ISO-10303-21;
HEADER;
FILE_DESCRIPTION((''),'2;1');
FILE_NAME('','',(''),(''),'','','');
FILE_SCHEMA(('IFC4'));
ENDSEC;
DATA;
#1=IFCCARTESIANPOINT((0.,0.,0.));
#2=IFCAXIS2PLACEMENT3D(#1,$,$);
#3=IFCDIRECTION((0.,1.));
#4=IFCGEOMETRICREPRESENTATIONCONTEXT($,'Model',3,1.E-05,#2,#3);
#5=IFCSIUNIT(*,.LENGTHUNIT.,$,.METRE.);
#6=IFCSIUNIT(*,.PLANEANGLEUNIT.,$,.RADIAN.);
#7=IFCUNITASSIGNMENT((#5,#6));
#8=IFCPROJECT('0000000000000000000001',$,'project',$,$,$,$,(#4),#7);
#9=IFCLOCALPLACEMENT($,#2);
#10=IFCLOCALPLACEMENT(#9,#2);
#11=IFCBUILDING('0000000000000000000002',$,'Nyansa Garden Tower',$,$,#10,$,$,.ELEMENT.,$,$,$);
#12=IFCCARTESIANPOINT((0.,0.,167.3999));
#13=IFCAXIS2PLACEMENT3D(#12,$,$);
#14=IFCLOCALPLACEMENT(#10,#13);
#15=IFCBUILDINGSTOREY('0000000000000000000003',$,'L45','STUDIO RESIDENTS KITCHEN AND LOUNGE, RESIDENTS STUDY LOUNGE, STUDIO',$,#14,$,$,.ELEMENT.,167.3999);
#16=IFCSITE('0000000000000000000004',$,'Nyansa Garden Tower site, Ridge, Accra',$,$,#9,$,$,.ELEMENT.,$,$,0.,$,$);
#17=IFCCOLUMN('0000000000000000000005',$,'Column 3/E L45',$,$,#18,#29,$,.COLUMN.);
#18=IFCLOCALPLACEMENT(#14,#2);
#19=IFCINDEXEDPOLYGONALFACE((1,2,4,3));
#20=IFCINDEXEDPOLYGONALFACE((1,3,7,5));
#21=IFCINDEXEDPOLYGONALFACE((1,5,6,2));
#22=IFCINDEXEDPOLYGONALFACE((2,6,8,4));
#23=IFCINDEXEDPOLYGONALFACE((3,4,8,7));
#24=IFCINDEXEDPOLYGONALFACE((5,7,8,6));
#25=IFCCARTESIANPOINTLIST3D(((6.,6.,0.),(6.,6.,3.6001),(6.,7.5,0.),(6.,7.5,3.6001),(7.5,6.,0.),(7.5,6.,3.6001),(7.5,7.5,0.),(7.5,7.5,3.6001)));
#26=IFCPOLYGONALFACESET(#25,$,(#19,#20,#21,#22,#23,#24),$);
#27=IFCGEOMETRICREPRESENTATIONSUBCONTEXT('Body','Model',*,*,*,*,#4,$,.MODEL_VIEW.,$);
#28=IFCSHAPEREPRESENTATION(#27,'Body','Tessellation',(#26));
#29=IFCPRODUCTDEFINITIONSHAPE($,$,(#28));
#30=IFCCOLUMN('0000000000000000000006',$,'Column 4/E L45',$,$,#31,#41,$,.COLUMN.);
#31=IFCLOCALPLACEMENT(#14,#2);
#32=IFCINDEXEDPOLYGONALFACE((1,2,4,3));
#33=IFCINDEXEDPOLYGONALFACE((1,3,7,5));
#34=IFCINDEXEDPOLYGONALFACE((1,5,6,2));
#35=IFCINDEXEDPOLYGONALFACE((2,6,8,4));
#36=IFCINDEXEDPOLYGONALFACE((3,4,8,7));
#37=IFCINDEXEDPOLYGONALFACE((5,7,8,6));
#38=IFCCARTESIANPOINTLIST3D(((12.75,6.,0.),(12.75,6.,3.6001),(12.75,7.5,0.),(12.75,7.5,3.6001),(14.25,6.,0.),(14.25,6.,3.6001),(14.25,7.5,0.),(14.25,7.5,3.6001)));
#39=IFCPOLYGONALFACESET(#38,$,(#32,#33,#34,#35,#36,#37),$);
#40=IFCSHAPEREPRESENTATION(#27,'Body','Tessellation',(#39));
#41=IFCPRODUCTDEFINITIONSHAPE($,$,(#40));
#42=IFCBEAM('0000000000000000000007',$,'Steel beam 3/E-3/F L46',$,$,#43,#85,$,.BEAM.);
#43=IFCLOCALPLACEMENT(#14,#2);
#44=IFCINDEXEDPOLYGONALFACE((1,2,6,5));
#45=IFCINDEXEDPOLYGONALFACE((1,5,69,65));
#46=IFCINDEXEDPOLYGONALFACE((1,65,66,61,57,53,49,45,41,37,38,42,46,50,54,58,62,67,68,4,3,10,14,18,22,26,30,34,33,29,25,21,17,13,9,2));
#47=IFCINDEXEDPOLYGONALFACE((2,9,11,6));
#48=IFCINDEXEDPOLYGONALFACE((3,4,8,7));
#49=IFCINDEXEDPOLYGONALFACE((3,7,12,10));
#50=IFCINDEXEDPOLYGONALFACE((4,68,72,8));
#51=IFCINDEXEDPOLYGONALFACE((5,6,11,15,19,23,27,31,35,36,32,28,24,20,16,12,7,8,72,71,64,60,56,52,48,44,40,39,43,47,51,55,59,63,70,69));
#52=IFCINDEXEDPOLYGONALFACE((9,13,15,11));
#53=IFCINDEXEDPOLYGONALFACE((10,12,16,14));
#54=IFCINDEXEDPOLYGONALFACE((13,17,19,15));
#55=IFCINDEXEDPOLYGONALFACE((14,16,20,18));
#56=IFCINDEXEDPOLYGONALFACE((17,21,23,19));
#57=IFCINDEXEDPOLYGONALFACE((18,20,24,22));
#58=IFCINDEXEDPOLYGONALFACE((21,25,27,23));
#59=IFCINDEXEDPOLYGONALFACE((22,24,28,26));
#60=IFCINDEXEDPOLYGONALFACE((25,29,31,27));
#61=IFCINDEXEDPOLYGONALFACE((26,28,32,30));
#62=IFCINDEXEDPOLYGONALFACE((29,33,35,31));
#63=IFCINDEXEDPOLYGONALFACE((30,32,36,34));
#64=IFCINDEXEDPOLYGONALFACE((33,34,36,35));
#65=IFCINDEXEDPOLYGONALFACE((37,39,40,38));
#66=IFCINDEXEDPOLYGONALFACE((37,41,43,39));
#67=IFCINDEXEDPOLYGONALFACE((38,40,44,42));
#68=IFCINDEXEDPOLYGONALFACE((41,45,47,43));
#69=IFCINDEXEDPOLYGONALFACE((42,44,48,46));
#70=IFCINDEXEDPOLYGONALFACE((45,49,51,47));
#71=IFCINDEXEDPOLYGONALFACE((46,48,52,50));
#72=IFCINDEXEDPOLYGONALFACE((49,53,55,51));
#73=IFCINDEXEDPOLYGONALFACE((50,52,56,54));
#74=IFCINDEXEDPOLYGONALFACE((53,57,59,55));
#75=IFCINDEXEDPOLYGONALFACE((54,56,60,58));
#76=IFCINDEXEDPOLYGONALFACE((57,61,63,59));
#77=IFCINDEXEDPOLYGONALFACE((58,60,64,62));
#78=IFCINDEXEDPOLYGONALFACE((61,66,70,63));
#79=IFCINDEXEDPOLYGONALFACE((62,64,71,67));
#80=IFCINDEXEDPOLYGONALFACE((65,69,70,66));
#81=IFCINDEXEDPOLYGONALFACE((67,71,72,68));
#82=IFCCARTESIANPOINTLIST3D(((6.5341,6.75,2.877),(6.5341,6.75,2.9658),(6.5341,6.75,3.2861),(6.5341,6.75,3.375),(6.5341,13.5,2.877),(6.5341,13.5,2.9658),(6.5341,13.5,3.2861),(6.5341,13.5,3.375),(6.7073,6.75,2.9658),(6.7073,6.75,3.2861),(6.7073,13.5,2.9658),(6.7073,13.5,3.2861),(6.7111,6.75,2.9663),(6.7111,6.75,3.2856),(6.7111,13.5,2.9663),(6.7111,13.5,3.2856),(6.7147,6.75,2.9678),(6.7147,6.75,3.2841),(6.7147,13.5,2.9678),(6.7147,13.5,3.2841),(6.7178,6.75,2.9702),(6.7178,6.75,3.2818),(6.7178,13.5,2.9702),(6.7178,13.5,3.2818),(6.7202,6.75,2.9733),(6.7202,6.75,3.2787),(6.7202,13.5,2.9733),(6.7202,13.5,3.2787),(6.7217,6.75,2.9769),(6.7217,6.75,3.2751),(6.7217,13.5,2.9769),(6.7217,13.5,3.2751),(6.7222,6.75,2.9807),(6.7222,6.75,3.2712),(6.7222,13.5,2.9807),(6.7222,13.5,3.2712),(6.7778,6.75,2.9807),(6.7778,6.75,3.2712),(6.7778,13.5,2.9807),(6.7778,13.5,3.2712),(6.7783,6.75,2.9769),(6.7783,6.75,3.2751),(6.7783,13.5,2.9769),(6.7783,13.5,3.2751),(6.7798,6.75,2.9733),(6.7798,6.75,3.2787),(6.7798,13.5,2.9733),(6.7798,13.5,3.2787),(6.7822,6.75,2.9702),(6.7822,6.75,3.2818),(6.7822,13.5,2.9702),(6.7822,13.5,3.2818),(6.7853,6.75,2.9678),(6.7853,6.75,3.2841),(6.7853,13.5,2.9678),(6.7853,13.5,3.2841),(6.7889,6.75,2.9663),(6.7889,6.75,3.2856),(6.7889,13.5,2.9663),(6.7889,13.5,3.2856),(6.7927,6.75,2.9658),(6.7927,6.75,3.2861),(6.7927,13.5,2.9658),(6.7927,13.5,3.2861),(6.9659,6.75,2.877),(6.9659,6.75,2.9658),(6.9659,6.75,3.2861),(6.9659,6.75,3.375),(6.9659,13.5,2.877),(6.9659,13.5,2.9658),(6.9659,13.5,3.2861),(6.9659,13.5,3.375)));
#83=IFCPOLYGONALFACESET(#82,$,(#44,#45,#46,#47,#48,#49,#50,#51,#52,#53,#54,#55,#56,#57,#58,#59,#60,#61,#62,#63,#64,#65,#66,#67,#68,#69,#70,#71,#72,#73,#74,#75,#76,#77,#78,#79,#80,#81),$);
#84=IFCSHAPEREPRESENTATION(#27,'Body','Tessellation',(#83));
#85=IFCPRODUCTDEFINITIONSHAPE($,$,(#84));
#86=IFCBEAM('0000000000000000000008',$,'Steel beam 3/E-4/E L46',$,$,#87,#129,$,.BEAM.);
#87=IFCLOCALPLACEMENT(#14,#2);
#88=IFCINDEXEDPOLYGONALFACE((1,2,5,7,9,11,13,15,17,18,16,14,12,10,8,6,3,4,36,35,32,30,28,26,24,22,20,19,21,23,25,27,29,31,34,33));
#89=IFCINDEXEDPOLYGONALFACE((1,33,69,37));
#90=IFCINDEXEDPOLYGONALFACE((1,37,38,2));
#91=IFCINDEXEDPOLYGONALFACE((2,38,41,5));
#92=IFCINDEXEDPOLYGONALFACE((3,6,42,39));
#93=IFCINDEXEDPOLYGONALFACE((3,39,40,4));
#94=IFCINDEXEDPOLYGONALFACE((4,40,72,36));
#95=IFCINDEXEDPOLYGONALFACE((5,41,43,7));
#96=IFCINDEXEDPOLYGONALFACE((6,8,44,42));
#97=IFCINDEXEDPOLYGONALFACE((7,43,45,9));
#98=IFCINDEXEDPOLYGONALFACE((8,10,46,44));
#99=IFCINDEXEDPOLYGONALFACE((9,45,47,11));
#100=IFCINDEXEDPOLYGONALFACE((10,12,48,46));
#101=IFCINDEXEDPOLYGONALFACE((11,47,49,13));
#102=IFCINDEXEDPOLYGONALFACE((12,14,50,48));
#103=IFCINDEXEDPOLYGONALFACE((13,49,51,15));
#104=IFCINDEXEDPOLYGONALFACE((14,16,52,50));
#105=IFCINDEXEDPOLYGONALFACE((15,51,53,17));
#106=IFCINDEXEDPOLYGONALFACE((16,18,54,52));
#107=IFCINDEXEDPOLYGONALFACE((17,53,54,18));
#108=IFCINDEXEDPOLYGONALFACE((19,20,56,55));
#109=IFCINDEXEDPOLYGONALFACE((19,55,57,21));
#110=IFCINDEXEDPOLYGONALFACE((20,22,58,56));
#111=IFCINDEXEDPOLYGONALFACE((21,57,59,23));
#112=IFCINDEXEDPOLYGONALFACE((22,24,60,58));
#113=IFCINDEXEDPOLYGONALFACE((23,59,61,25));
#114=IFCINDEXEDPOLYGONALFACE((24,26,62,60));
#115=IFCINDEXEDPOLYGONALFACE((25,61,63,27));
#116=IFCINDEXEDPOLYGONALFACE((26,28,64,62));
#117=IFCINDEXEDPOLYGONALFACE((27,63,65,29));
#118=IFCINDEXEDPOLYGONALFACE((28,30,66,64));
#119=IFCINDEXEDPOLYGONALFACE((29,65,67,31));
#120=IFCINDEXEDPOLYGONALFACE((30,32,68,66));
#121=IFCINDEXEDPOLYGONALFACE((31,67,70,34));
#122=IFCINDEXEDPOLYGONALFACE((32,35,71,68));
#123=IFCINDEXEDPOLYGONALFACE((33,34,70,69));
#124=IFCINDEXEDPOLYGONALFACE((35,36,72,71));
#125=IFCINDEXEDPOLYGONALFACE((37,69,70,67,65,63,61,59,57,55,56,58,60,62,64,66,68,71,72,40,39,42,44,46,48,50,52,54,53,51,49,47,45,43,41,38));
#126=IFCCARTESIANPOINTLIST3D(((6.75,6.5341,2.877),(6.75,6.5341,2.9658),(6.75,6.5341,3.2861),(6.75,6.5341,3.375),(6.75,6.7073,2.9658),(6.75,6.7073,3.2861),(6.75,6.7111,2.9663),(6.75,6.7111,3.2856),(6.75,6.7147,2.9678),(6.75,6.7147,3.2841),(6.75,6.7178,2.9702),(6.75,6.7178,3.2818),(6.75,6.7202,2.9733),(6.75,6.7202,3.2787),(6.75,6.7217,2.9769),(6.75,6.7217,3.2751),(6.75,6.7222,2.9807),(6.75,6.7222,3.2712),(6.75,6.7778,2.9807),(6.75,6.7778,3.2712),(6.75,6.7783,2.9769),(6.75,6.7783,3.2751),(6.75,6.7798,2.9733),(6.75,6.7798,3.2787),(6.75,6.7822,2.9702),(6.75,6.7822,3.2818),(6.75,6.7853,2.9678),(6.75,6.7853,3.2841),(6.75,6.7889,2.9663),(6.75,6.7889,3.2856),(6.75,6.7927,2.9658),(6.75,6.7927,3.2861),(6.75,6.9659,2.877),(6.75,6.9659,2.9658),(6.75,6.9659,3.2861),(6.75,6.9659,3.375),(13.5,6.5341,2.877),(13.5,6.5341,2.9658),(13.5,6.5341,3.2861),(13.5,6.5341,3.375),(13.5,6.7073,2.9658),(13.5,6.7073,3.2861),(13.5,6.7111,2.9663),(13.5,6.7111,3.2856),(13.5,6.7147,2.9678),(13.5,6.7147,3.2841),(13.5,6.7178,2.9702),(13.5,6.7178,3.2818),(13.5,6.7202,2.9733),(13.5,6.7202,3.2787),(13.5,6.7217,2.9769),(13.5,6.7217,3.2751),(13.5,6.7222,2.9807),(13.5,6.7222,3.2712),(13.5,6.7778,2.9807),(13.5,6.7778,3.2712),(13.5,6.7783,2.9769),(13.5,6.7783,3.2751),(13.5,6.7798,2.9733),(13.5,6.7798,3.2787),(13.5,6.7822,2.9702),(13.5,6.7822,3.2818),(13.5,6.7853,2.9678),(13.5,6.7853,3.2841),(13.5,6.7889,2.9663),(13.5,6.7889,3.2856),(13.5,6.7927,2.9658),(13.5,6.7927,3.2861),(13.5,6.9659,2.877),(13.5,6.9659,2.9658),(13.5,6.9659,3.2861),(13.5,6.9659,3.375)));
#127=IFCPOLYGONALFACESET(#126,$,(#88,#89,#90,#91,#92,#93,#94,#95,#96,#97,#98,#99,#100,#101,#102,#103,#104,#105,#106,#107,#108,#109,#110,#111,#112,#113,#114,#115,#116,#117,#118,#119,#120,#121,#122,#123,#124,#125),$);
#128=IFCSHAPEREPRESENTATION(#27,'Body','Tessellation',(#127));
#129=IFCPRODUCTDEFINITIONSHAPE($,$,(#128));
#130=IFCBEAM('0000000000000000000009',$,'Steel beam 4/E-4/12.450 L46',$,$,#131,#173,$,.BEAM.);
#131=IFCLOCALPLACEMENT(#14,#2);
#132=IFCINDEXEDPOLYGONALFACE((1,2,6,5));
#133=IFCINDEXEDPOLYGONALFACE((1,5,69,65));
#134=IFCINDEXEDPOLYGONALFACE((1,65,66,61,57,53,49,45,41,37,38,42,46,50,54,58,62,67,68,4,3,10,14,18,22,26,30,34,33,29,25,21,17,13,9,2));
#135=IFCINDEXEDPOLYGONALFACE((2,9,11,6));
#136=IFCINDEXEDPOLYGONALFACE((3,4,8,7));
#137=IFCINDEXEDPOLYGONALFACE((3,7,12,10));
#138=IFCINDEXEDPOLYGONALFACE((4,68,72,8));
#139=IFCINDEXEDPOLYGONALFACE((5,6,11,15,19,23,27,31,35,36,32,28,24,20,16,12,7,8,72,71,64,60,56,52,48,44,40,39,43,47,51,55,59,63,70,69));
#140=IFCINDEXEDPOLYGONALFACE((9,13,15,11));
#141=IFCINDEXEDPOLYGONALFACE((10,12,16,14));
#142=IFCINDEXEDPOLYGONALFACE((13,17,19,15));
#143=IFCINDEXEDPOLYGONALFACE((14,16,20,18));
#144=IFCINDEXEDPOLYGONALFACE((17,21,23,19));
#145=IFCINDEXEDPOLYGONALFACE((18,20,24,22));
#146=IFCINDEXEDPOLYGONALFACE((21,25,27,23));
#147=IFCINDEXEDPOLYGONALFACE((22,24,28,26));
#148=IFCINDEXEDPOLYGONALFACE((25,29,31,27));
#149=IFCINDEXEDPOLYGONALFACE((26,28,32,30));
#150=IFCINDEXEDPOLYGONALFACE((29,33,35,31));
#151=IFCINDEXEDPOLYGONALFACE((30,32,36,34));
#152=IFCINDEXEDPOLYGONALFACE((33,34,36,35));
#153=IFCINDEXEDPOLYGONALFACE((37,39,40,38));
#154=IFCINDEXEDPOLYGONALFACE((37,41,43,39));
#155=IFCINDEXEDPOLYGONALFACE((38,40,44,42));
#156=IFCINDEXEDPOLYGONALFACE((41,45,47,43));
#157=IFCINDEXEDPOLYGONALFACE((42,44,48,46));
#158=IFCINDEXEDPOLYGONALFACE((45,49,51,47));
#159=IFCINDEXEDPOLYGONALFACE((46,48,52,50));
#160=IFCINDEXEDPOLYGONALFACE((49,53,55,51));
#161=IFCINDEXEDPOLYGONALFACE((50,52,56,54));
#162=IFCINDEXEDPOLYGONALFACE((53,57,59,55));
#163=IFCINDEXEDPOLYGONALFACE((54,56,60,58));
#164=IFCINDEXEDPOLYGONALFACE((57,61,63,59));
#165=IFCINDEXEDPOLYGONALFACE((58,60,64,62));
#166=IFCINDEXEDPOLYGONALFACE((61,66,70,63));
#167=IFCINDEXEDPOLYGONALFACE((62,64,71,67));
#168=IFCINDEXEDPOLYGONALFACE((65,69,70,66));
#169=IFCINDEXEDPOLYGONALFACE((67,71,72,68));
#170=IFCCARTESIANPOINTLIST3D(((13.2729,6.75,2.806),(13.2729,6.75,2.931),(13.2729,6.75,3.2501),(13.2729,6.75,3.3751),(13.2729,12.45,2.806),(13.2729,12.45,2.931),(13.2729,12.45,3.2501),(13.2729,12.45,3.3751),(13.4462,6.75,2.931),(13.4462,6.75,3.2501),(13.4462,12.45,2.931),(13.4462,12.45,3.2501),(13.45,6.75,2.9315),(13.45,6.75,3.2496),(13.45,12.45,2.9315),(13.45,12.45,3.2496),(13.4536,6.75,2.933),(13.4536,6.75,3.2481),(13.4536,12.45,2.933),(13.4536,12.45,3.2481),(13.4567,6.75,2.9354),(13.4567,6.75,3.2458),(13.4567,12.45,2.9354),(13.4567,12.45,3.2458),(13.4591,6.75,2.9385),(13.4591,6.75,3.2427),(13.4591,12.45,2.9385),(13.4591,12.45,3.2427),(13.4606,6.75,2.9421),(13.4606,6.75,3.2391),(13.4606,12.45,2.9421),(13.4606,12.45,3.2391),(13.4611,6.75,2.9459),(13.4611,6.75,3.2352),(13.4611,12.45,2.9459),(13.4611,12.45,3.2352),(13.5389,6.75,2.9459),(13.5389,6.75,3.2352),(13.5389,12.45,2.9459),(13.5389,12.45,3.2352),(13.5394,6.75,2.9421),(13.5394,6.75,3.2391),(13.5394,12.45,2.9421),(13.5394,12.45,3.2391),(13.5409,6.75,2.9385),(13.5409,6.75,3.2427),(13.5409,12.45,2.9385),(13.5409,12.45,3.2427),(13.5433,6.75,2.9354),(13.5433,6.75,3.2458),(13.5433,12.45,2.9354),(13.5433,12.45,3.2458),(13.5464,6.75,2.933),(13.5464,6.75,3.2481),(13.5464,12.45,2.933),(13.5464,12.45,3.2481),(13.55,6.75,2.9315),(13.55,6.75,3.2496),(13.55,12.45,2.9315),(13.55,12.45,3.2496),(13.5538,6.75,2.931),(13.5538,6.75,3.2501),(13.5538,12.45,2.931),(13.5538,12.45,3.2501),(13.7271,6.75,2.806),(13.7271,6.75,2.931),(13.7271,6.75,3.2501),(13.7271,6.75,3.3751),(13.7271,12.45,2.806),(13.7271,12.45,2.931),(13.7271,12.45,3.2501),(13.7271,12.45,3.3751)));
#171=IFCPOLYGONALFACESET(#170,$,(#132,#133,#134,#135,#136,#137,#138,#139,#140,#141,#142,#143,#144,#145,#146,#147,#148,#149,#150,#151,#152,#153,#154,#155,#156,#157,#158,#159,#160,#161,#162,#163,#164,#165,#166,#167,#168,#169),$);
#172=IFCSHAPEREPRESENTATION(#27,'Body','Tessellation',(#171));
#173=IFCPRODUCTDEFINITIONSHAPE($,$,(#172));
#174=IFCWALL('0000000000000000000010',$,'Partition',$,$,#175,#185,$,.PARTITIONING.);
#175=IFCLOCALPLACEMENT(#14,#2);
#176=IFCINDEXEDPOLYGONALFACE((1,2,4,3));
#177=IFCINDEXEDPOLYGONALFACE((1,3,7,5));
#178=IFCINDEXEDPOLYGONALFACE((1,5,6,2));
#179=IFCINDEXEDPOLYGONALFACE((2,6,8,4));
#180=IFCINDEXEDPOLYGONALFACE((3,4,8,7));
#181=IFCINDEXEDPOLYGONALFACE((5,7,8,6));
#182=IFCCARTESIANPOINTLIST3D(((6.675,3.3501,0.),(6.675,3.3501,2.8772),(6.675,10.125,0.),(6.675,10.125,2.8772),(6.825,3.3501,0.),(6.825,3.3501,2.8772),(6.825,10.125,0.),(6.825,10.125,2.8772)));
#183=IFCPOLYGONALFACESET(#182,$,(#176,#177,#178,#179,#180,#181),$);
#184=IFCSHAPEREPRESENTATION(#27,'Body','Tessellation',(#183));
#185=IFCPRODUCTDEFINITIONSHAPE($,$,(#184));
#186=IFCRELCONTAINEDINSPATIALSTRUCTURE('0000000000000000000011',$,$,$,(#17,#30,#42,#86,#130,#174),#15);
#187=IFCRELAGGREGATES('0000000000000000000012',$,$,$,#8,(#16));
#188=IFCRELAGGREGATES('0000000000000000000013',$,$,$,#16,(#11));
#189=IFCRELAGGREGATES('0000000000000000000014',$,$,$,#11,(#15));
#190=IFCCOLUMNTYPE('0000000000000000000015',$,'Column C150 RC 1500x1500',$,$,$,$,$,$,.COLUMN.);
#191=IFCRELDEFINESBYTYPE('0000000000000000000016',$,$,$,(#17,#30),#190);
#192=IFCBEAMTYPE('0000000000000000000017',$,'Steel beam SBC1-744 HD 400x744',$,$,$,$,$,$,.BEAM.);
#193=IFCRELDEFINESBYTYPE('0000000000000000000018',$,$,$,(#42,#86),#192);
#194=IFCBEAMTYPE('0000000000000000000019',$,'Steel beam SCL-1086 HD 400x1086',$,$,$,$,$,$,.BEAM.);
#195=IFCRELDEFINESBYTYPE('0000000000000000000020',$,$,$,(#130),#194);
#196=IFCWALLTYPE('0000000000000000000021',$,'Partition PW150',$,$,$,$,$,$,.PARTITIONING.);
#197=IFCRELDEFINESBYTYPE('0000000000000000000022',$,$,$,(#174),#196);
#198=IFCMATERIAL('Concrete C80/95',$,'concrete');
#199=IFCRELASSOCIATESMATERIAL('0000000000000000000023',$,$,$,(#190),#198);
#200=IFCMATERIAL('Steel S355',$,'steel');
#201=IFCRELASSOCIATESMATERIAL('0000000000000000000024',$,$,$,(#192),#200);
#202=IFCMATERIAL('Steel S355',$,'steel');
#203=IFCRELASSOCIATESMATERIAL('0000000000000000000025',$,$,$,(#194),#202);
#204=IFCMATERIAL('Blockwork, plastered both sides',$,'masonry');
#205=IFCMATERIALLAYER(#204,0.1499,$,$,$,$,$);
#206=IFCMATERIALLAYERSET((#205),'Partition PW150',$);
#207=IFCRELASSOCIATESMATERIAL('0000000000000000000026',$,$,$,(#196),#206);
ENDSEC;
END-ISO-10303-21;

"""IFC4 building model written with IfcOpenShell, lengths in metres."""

from ifc_helpers import new_model, si_unit, direction, frame, frame_2d, origin, origin_2d, place, context, subcontext, project, spatial, rectangle, i_section, extrude, material, layer, layer_set, material_profile, profile_set, type_object, element, save


model = new_model("IFC4")

# Units and contexts
model_context = context("Model", 3, precision=1e-05, world=origin(), true_north=direction((0.0, 1.0)))
body_context = subcontext(model_context, "Body", "Model", "MODEL_VIEW")
ifc_project = project(units=[si_unit("LENGTHUNIT", "METRE"), si_unit("PLANEANGLEUNIT", "RADIAN")], contexts=[model_context])

# Site, building, storey
site_placement = place(None, origin())
site = spatial("IfcSite", under=ifc_project, at=site_placement, Name="Nyansa Garden Tower site, Ridge, Accra", CompositionType="ELEMENT", RefElevation=0.0)
building_placement = place(site_placement, origin())
building = spatial("IfcBuilding", under=site, at=building_placement, Name="Nyansa Garden Tower", CompositionType="ELEMENT")
storey_placement = place(building_placement, frame((0.0, 0.0, 167.3999)))
storey = spatial("IfcBuildingStorey", under=building, at=storey_placement, Name="L45", Description="STUDIO RESIDENTS KITCHEN AND LOUNGE, RESIDENTS STUDY LOUNGE, STUDIO", CompositionType="ELEMENT", Elevation=167.3999)

# Columns
ifc_material_1 = material(Name="Concrete C80/95", Category="concrete")
ifc_material_profile_1 = material_profile(ifc_material_1, rectangle(XDim=1.5, YDim=1.5, at=origin_2d()), Name="RC 1500x1500")
ifc_profile_set_1 = profile_set([ifc_material_profile_1], Name="Concrete C80/95")
column_type = type_object("IfcColumnType", Name="Column C150 RC 1500x1500", PredefinedType="COLUMN", material=ifc_profile_set_1)
for number, where, z_axis, x_axis, name in (
    (1, (6.75, 6.75, 0.0), (0.0, 0.0, 1.0), (1.0, 0.0, 0.0), "Column 3/E L45"),
    (2, (13.5, 6.75, 0.0), (0.0, 0.0, 1.0), (1.0, 0.0, 0.0), "Column 4/E L45"),
):
    element("IfcColumn", number, at=place(storey_placement, frame(where, z_axis=z_axis, x_axis=x_axis)), inside=storey, type_object=column_type, Name=name, PredefinedType="COLUMN", context=body_context, shape_type="SweptSolid", body=[
        extrude(rectangle(XDim=1.5, YDim=1.5, at=origin_2d()), origin(), (0.0, 0.0, 1.0), 3.6001),
    ])

# Beams
ifc_material_2 = material(Name="Steel S355", Category="steel")
ifc_material_profile_2 = material_profile(ifc_material_2, i_section(OverallWidth=0.4319, OverallDepth=0.498, WebThickness=0.0557, FlangeThickness=0.0889, FilletRadius=0.0149, at=origin_2d()), Name="HD 400x744")
ifc_profile_set_2 = profile_set([ifc_material_profile_2], Name="Steel S355")
beam_type_1 = type_object("IfcBeamType", Name="Steel beam SBC1-744 HD 400x744", PredefinedType="BEAM", material=ifc_profile_set_2)
for number, where, z_axis, x_axis, name in (
    (3, (6.75, 6.75, 3.126), (0.0, 1.0, 0.0), (-1.0, 0.0, 0.0), "Steel beam 3/E-3/F L46"),
    (4, (6.75, 6.75, 3.126), (1.0, 0.0, 0.0), (0.0, 1.0, 0.0), "Steel beam 3/E-4/E L46"),
):
    element("IfcBeam", number, at=place(storey_placement, frame(where, z_axis=z_axis, x_axis=x_axis)), inside=storey, type_object=beam_type_1, Name=name, PredefinedType="BEAM", context=body_context, shape_type="SweptSolid", body=[
        extrude(i_section(OverallWidth=0.4319, OverallDepth=0.498, WebThickness=0.0557, FlangeThickness=0.0889, FilletRadius=0.0149, at=origin_2d()), origin(), (0.0, 0.0, 1.0), 6.75),
    ])
ifc_material_3 = material(Name="Steel S355", Category="steel")
ifc_material_profile_3 = material_profile(ifc_material_3, i_section(OverallWidth=0.4541, OverallDepth=0.5691, WebThickness=0.0779, FlangeThickness=0.125, FilletRadius=0.0149, at=origin_2d()), Name="HD 400x1086")
ifc_profile_set_3 = profile_set([ifc_material_profile_3], Name="Steel S355")
beam_type_2 = type_object("IfcBeamType", Name="Steel beam SCL-1086 HD 400x1086", PredefinedType="BEAM", material=ifc_profile_set_3)
beam_placement = place(storey_placement, frame((13.5, 6.75, 3.0906), z_axis=(0.0, 1.0, 0.0), x_axis=(-1.0, 0.0, 0.0)))
element("IfcBeam", 5, at=beam_placement, inside=storey, type_object=beam_type_2, Name="Steel beam 4/E-4/12.450 L46", PredefinedType="BEAM", context=body_context, shape_type="SweptSolid", body=[
    extrude(i_section(OverallWidth=0.4541, OverallDepth=0.5691, WebThickness=0.0779, FlangeThickness=0.125, FilletRadius=0.0149, at=origin_2d()), origin(), (0.0, 0.0, 1.0), 5.7),
])

# Wall
ifc_material_4 = material(Name="Blockwork, plastered both sides", Category="masonry")
ifc_layer_1 = layer(ifc_material_4, 0.1499)
ifc_layer_set_1 = layer_set([ifc_layer_1], Name="Partition PW150")
wall_type_1 = type_object("IfcWallType", Name="Partition PW150", PredefinedType="PARTITIONING", material=ifc_layer_set_1)
wall_1_placement = place(storey_placement, frame((6.75, 3.3501, 0.0), z_axis=(0.0, 0.0, 1.0), x_axis=(0.0, 1.0, 0.0)))
element("IfcWall", 6, at=wall_1_placement, inside=storey, type_object=wall_type_1, Name="Partition", PredefinedType="PARTITIONING", context=body_context, shape_type="SweptSolid", body=[
    extrude(rectangle(XDim=6.7749, YDim=0.1499, at=frame_2d((3.3875, 0.0))), origin(), (0.0, 0.0, 1.0), 2.8772),
])

save(model, "model.ifc")
